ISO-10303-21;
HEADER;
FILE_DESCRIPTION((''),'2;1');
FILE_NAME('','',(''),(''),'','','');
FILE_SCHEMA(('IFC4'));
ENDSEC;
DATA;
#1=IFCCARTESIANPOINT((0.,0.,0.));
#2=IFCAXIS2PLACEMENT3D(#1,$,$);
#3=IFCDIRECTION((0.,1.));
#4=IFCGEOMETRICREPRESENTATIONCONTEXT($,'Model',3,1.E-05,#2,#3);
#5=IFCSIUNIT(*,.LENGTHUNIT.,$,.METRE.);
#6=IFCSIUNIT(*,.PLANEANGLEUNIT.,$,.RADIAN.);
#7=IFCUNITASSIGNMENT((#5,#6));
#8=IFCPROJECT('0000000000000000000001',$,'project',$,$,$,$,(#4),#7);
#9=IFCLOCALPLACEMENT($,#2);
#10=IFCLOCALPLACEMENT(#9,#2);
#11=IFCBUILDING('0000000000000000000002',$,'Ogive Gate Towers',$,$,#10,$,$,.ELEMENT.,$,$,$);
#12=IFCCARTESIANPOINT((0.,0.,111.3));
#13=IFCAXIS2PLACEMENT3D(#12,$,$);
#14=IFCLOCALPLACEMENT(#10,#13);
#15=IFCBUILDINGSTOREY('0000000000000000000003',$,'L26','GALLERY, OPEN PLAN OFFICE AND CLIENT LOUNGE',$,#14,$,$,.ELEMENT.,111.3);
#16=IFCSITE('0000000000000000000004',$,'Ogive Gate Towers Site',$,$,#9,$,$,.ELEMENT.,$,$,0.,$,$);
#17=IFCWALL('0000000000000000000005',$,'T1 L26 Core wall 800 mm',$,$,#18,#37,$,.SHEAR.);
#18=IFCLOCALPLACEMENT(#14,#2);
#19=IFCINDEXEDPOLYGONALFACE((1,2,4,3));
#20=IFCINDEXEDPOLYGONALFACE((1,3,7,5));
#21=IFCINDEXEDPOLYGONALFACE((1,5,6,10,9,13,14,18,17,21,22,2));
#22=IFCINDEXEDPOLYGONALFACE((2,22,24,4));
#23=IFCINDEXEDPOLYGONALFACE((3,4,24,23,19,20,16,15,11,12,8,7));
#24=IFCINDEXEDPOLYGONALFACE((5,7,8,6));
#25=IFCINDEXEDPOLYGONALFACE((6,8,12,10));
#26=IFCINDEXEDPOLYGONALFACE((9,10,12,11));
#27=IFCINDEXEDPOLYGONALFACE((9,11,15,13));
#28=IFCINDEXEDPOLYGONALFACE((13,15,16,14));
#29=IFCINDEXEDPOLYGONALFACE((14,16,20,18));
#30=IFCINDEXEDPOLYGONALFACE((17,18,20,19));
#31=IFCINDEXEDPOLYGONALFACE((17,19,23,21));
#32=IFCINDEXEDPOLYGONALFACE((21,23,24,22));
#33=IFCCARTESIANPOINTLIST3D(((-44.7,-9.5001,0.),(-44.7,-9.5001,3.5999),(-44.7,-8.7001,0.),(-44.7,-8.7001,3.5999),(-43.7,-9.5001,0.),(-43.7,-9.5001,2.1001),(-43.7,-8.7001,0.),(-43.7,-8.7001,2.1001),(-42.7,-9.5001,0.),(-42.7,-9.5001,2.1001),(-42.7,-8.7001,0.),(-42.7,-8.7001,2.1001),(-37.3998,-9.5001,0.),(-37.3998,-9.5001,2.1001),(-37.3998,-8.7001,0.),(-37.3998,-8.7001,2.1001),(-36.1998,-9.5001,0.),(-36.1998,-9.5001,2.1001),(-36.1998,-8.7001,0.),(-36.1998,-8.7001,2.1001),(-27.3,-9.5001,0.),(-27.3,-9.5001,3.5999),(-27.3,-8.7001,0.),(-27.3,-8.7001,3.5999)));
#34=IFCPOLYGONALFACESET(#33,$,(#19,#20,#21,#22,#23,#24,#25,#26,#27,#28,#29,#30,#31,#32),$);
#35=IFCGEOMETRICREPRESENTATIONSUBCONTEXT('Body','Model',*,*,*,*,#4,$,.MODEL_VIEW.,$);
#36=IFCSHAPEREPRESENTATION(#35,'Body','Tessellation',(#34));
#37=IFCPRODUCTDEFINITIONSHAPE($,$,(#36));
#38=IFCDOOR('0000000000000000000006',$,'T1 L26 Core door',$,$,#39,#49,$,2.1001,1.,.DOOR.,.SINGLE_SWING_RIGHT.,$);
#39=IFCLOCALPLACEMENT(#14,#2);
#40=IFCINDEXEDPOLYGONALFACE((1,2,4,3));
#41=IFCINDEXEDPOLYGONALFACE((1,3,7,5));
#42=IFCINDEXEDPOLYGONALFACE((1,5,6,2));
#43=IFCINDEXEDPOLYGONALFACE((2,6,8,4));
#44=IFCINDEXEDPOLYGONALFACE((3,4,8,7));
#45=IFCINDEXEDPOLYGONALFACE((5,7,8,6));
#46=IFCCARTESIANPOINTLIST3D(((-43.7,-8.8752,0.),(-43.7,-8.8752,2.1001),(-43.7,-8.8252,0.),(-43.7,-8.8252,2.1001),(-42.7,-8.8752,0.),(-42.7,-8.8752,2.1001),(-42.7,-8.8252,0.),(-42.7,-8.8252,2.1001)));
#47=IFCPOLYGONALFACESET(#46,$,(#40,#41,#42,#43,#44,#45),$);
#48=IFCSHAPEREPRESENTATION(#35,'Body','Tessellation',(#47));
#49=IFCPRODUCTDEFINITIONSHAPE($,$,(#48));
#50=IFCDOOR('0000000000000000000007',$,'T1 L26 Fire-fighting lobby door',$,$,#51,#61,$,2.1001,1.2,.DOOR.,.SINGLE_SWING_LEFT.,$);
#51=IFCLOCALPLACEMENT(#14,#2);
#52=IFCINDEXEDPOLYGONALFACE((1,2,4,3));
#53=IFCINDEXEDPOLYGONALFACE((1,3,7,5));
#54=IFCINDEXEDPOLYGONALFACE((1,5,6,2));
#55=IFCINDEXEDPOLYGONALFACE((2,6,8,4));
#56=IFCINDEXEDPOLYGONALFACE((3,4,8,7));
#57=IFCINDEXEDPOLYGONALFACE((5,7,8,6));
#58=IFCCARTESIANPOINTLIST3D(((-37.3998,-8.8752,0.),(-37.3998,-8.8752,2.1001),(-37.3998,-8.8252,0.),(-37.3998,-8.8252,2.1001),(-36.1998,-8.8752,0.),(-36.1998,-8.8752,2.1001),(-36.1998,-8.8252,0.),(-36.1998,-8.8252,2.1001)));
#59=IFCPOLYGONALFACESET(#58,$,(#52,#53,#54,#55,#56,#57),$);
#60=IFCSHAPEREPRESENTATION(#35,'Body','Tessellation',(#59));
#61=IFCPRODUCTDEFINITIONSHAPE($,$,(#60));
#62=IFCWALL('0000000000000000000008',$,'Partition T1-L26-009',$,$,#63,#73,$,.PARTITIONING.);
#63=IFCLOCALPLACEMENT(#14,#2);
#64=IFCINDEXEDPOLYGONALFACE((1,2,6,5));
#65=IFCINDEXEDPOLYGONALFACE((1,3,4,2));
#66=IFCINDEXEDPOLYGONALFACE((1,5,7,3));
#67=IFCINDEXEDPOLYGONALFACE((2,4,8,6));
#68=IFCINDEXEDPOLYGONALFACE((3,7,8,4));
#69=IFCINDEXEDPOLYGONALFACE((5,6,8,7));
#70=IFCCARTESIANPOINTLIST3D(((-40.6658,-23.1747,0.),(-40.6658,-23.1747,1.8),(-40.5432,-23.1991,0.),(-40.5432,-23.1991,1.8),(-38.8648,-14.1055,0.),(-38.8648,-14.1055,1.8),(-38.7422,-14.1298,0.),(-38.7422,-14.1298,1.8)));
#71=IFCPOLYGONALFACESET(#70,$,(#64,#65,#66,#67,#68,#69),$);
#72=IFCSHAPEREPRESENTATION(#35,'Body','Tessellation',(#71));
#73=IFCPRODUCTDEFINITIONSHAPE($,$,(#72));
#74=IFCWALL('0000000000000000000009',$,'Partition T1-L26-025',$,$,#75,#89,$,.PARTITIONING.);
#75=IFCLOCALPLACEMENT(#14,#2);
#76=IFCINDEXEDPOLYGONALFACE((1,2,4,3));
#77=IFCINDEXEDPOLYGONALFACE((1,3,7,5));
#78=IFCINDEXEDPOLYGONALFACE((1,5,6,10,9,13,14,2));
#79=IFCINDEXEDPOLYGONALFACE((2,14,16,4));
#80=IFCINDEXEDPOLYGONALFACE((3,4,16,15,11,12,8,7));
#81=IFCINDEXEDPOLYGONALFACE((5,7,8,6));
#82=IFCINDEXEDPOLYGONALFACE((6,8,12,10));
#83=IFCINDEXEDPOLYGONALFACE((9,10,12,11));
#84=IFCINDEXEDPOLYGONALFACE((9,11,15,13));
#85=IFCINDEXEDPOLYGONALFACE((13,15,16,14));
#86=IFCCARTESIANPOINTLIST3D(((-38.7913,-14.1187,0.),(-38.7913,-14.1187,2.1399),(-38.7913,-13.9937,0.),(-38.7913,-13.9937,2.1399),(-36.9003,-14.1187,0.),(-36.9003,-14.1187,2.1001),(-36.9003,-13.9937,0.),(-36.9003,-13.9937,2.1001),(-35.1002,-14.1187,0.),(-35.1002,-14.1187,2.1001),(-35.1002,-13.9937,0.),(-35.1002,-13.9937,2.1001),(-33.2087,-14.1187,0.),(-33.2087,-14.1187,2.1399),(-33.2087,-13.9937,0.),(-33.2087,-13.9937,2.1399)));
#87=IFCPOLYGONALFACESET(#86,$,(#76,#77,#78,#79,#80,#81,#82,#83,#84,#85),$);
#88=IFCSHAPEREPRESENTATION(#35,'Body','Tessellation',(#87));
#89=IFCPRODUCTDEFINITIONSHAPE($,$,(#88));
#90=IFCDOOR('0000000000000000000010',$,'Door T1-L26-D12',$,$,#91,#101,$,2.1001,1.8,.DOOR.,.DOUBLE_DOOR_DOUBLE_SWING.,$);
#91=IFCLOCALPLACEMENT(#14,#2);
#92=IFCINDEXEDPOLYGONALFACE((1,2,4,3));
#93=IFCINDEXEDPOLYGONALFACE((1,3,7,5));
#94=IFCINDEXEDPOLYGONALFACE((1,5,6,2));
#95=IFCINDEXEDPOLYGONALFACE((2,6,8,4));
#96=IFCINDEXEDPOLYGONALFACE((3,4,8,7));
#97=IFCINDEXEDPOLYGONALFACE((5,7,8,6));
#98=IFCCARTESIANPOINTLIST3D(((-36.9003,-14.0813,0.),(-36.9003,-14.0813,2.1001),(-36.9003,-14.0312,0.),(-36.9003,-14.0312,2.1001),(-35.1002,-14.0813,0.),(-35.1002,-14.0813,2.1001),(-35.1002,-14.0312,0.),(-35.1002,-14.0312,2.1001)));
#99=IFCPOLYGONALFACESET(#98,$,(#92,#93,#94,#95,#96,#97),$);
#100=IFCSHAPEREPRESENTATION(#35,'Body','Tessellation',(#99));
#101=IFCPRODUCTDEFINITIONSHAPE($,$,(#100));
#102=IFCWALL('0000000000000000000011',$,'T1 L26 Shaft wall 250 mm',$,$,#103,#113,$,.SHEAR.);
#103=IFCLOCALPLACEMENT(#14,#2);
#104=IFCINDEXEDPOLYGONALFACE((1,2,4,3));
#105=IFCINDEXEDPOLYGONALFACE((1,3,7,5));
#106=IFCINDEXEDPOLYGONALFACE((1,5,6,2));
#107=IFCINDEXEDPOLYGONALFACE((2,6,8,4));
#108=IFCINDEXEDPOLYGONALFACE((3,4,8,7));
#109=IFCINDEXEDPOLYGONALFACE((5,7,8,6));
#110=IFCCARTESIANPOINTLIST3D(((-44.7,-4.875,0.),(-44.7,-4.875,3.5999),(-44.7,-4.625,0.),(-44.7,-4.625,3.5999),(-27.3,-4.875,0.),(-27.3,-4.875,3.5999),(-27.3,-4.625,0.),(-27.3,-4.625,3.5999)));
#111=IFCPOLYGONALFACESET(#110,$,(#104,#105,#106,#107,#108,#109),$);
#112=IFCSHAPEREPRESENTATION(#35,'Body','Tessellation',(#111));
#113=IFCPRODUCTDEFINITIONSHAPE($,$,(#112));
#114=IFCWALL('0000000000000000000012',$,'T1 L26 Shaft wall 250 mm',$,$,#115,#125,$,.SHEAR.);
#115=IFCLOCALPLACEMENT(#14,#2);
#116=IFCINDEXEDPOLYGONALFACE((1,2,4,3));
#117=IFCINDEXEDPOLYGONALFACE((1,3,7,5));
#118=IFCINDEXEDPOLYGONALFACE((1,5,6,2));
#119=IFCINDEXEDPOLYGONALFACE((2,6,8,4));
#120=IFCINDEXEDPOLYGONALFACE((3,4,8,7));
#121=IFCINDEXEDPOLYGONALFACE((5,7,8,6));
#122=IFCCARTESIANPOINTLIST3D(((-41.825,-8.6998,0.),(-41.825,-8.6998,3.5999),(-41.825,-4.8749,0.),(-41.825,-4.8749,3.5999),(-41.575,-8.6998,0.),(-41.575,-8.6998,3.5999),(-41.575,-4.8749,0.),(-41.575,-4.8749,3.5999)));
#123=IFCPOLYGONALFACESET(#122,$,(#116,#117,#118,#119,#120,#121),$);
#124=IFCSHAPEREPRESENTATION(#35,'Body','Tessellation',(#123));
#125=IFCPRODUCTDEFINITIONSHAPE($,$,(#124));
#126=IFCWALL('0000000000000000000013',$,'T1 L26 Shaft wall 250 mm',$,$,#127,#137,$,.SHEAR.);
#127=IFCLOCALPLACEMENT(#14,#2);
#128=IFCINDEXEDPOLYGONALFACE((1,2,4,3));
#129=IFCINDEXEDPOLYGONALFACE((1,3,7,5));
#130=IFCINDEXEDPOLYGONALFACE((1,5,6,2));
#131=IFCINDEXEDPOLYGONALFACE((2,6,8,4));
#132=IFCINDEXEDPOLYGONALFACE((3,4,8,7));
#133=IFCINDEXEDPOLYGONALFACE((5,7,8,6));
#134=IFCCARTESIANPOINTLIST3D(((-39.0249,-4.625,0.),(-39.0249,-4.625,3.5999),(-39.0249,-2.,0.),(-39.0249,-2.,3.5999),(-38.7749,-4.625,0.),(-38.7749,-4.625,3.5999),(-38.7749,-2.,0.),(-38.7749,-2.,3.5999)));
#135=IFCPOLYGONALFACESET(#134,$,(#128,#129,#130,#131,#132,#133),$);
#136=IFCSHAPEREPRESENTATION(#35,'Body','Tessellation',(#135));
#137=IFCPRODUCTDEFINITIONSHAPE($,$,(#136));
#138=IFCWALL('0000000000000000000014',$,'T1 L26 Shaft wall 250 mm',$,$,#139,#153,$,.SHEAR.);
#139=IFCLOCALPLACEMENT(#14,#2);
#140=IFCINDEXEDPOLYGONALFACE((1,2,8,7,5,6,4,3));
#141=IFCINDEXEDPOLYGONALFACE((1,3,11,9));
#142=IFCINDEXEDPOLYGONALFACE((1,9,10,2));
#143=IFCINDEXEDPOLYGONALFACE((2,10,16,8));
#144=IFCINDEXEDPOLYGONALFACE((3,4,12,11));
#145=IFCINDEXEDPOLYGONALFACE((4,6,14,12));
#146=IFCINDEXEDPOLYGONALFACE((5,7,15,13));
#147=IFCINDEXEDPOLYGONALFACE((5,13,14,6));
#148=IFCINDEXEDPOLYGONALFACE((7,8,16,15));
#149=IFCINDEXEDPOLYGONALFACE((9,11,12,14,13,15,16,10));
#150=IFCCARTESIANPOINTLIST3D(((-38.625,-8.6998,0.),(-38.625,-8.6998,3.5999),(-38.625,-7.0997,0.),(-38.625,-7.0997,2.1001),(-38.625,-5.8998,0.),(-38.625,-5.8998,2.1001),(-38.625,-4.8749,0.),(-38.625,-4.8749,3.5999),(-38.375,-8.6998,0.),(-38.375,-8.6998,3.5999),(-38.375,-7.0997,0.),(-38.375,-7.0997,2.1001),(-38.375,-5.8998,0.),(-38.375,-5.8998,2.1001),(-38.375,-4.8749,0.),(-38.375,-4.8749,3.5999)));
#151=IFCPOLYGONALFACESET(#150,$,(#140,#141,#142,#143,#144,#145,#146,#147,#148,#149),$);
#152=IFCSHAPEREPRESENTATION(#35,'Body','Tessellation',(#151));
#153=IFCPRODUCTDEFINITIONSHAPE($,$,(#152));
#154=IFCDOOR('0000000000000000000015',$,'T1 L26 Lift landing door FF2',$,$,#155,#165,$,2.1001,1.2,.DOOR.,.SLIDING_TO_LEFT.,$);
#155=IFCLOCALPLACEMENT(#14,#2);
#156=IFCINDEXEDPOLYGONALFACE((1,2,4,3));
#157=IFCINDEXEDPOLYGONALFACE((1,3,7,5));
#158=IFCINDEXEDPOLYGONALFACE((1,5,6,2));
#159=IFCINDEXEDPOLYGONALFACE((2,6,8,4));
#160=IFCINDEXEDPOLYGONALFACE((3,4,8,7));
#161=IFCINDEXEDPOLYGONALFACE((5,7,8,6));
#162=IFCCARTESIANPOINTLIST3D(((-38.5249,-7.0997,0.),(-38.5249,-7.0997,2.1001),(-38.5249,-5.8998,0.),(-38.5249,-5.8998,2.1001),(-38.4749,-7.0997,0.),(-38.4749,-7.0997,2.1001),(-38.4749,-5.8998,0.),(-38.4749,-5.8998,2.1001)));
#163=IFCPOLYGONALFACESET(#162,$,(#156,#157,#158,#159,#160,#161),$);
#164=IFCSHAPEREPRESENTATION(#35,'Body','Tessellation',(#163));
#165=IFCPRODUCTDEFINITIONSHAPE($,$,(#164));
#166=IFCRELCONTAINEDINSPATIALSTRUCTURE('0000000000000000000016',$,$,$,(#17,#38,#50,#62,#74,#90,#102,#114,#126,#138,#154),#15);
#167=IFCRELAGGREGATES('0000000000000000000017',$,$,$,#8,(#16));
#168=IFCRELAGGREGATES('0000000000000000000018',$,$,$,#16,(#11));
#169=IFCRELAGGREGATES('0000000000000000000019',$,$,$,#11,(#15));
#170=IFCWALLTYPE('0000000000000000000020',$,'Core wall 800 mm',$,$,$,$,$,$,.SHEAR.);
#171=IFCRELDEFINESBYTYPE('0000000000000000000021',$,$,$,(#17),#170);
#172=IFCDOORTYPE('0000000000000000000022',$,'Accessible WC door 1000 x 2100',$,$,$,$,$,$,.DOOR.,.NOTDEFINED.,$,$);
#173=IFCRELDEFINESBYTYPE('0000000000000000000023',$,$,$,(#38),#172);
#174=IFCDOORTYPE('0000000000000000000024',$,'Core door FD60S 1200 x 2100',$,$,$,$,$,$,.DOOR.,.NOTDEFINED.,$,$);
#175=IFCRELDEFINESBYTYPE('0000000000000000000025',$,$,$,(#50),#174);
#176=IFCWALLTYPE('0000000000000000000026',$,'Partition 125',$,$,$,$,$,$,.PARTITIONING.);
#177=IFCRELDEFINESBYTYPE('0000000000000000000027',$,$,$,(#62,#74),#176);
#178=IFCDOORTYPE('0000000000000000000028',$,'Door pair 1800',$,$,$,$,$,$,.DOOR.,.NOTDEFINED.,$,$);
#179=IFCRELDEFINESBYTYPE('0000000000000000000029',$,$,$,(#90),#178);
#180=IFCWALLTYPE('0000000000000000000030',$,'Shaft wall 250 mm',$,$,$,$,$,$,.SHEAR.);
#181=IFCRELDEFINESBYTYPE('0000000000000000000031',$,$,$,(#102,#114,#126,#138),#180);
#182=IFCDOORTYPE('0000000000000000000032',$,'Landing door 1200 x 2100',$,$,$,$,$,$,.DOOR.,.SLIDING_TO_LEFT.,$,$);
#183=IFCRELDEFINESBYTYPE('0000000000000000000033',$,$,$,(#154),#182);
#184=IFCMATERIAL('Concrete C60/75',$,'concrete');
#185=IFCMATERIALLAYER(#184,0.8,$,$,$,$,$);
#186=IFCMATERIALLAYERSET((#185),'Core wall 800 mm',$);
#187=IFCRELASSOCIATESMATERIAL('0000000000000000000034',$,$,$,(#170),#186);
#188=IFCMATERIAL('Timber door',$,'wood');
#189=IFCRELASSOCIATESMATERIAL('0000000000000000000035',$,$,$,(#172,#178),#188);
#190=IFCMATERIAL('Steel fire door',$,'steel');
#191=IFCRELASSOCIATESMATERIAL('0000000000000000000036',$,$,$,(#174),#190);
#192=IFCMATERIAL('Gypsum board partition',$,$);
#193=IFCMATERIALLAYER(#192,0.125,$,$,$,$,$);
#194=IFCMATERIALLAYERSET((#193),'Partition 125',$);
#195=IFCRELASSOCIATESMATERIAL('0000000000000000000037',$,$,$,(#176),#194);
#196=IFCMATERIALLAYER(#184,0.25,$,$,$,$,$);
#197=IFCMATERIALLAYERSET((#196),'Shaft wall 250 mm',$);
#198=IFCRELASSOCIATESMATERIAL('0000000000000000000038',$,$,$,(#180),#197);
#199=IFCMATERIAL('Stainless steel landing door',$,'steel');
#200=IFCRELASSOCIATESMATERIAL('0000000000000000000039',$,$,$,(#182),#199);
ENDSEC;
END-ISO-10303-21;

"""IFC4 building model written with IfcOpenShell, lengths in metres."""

from ifc_helpers import new_model, si_unit, direction, frame, frame_2d, origin, place, context, subcontext, project, spatial, rectangle, extrude, material, layer, layer_set, type_object, element, fill, save


model = new_model("IFC4")

# Units and contexts
model_context = context("Model", 3, precision=1e-05, world=origin(), true_north=direction((0.0, 1.0)))
body_context = subcontext(model_context, "Body", "Model", "MODEL_VIEW")
ifc_project = project(units=[si_unit("LENGTHUNIT", "METRE"), si_unit("PLANEANGLEUNIT", "RADIAN")], contexts=[model_context])

# Site, building, storey
site_placement = place(None, origin())
site = spatial("IfcSite", under=ifc_project, at=site_placement, Name="Ogive Gate Towers Site", CompositionType="ELEMENT", RefElevation=0.0)
building_placement = place(site_placement, origin())
building = spatial("IfcBuilding", under=site, at=building_placement, Name="Ogive Gate Towers", CompositionType="ELEMENT")
storey_placement = place(building_placement, frame((0.0, 0.0, 111.3)))
storey = spatial("IfcBuildingStorey", under=building, at=storey_placement, Name="L26", Description="GALLERY, OPEN PLAN OFFICE AND CLIENT LOUNGE", CompositionType="ELEMENT", Elevation=111.3)

# Wall, openings, doors
ifc_material_1 = material(Name="Concrete C60/75", Category="concrete")
ifc_layer_1 = layer(ifc_material_1, 0.8)
ifc_layer_set_1 = layer_set([ifc_layer_1], Name="Core wall 800 mm")
wall_type_1 = type_object("IfcWallType", Name="Core wall 800 mm", PredefinedType="SHEAR", material=ifc_layer_set_1)
wall_1_placement = place(storey_placement, frame((-44.7, -9.1001, 0.0), z_axis=(0.0, 0.0, 1.0), x_axis=(1.0, 0.0, 0.0)))
wall_1 = element("IfcWall", 1, at=wall_1_placement, inside=storey, type_object=wall_type_1, Name="T1 L26 Core wall 800 mm", PredefinedType="SHEAR", context=body_context, shape_type="SweptSolid", body=[
    extrude(rectangle(XDim=17.3999, YDim=0.8, at=frame_2d((8.7, 0.0))), origin(), (0.0, 0.0, 1.0), 3.5999),
])
opening_1_placement = place(wall_1_placement, frame((7.3, 0.0, 0.0)))
opening_1 = element("IfcOpeningElement", 2, at=opening_1_placement, cuts=wall_1, PredefinedType="OPENING", context=body_context, shape_type="SweptSolid", body=[
    extrude(rectangle(XDim=1.2, YDim=2.1001, at=frame_2d((0.6001, 1.05))), frame((0.0, 0.4102, 0.0), z_axis=(0.0, -1.0, 0.0), x_axis=(1.0, 0.0, 0.0)), (0.0, 0.0, 1.0), 0.8201),
])
opening_2_placement = place(wall_1_placement, frame((1.0, 0.0, 0.0)))
opening_2 = element("IfcOpeningElement", 3, at=opening_2_placement, cuts=wall_1, PredefinedType="OPENING", context=body_context, shape_type="SweptSolid", body=[
    extrude(rectangle(XDim=1.0, YDim=2.1001, at=frame_2d((0.5, 1.05))), frame((0.0, 0.4102, 0.0), z_axis=(0.0, -1.0, 0.0), x_axis=(1.0, 0.0, 0.0)), (0.0, 0.0, 1.0), 0.8201),
])
ifc_material_2 = material(Name="Timber door", Category="wood")
door_type_1 = type_object("IfcDoorType", Name="Accessible WC door 1000 x 2100", OperationType="NOTDEFINED", PredefinedType="DOOR", material=ifc_material_2)
door_1_placement = place(opening_2_placement, origin())
door_1 = element("IfcDoor", 4, at=door_1_placement, inside=storey, type_object=door_type_1, Name="T1 L26 Core door", OperationType="SINGLE_SWING_RIGHT", OverallHeight=2.1001, OverallWidth=1.0, PredefinedType="DOOR", context=body_context, shape_type="SweptSolid", body=[
    extrude(rectangle(XDim=1.0, YDim=2.1001, at=frame_2d((0.5, 1.05))), frame((0.0, 0.2749, 0.0), z_axis=(0.0, -1.0, 0.0), x_axis=(1.0, 0.0, 0.0)), (0.0, 0.0, 1.0), 0.05),
])
fill(opening_2, door_1)
ifc_material_3 = material(Name="Steel fire door", Category="steel")
door_type_2 = type_object("IfcDoorType", Name="Core door FD60S 1200 x 2100", OperationType="NOTDEFINED", PredefinedType="DOOR", material=ifc_material_3)
door_2_placement = place(opening_1_placement, origin())
door_2 = element("IfcDoor", 5, at=door_2_placement, inside=storey, type_object=door_type_2, Name="T1 L26 Fire-fighting lobby door", OperationType="SINGLE_SWING_LEFT", OverallHeight=2.1001, OverallWidth=1.2, PredefinedType="DOOR", context=body_context, shape_type="SweptSolid", body=[
    extrude(rectangle(XDim=1.2, YDim=2.1001, at=frame_2d((0.6001, 1.05))), frame((0.0, 0.2749, 0.0), z_axis=(0.0, -1.0, 0.0), x_axis=(1.0, 0.0, 0.0)), (0.0, 0.0, 1.0), 0.05),
])
fill(opening_1, door_2)

# Wall
ifc_material_4 = material(Name="Gypsum board partition")
ifc_layer_2 = layer(ifc_material_4, 0.125)
ifc_layer_set_2 = layer_set([ifc_layer_2], Name="Partition 125")
wall_type_2 = type_object("IfcWallType", Name="Partition 125", PredefinedType="PARTITIONING", material=ifc_layer_set_2)
wall_2_placement = place(storey_placement, frame((-40.6045, -23.1868, 0.0), z_axis=(0.0, 0.0, 1.0), x_axis=(0.194781, 0.980847, 0.0)))
element("IfcWall", 6, at=wall_2_placement, inside=storey, type_object=wall_type_2, Name="Partition T1-L26-009", PredefinedType="PARTITIONING", context=body_context, shape_type="SweptSolid", body=[
    extrude(rectangle(XDim=9.2463, YDim=0.125, at=frame_2d((4.623, 0.0))), origin(), (0.0, 0.0, 1.0), 1.8),
])

# Wall, opening, door
wall_3_placement = place(storey_placement, frame((-38.7913, -14.0562, 0.0), z_axis=(0.0, 0.0, 1.0), x_axis=(1.0, 0.0, 0.0)))
wall_3 = element("IfcWall", 7, at=wall_3_placement, inside=storey, type_object=wall_type_2, Name="Partition T1-L26-025", PredefinedType="PARTITIONING", context=body_context, shape_type="SweptSolid", body=[
    extrude(rectangle(XDim=5.5825, YDim=0.125, at=frame_2d((2.7913, 0.0))), origin(), (0.0, 0.0, 1.0), 2.1399),
])
opening_3_placement = place(wall_3_placement, frame((1.8911, 0.0, 0.0)))
opening_3 = element("IfcOpeningElement", 8, at=opening_3_placement, cuts=wall_3, PredefinedType="OPENING", context=body_context, shape_type="SweptSolid", body=[
    extrude(rectangle(XDim=1.8, YDim=2.1001, at=frame_2d((0.8999, 1.05))), frame((0.0, 0.0725, 0.0), z_axis=(0.0, -1.0, 0.0), x_axis=(1.0, 0.0, 0.0)), (0.0, 0.0, 1.0), 0.145),
])
door_type_3 = type_object("IfcDoorType", Name="Door pair 1800", OperationType="NOTDEFINED", PredefinedType="DOOR", material=ifc_material_2)
door_3_placement = place(opening_3_placement, origin())
door_3 = element("IfcDoor", 9, at=door_3_placement, inside=storey, type_object=door_type_3, Name="Door T1-L26-D12", OperationType="DOUBLE_DOOR_DOUBLE_SWING", OverallHeight=2.1001, OverallWidth=1.8, PredefinedType="DOOR", context=body_context, shape_type="SweptSolid", body=[
    extrude(rectangle(XDim=1.8, YDim=2.1001, at=frame_2d((0.8999, 1.05))), frame((0.0, 0.0249, 0.0), z_axis=(0.0, -1.0, 0.0), x_axis=(1.0, 0.0, 0.0)), (0.0, 0.0, 1.0), 0.05),
])
fill(opening_3, door_3)

# Walls
ifc_layer_3 = layer(ifc_material_1, 0.25)
ifc_layer_set_3 = layer_set([ifc_layer_3], Name="Shaft wall 250 mm")
wall_type_3 = type_object("IfcWallType", Name="Shaft wall 250 mm", PredefinedType="SHEAR", material=ifc_layer_set_3)
wall_4_placement = place(storey_placement, frame((-44.7, -4.75, 0.0), z_axis=(0.0, 0.0, 1.0), x_axis=(1.0, 0.0, 0.0)))
element("IfcWall", 10, at=wall_4_placement, inside=storey, type_object=wall_type_3, Name="T1 L26 Shaft wall 250 mm", PredefinedType="SHEAR", context=body_context, shape_type="SweptSolid", body=[
    extrude(rectangle(XDim=17.3999, YDim=0.25, at=frame_2d((8.7, 0.0))), origin(), (0.0, 0.0, 1.0), 3.5999),
])
wall_5_placement = place(storey_placement, frame((-41.7, -8.7, 0.0), z_axis=(0.0, 0.0, 1.0), x_axis=(0.0, 1.0, 0.0)))
element("IfcWall", 11, at=wall_5_placement, inside=storey, type_object=wall_type_3, Name="T1 L26 Shaft wall 250 mm", PredefinedType="SHEAR", context=body_context, shape_type="SweptSolid", body=[
    extrude(rectangle(XDim=3.825, YDim=0.25, at=frame_2d((1.9126, 0.0))), origin(), (0.0, 0.0, 1.0), 3.5999),
])
wall_6_placement = place(storey_placement, frame((-38.8999, -4.625, 0.0), z_axis=(0.0, 0.0, 1.0), x_axis=(0.0, 1.0, 0.0)))
element("IfcWall", 12, at=wall_6_placement, inside=storey, type_object=wall_type_3, Name="T1 L26 Shaft wall 250 mm", PredefinedType="SHEAR", context=body_context, shape_type="SweptSolid", body=[
    extrude(rectangle(XDim=2.625, YDim=0.25, at=frame_2d((1.3125, 0.0))), origin(), (0.0, 0.0, 1.0), 3.5999),
])

# Wall, opening, door
wall_7_placement = place(storey_placement, frame((-38.5, -8.7, 0.0), z_axis=(0.0, 0.0, 1.0), x_axis=(0.0, 1.0, 0.0)))
wall_7 = element("IfcWall", 13, at=wall_7_placement, inside=storey, type_object=wall_type_3, Name="T1 L26 Shaft wall 250 mm", PredefinedType="SHEAR", context=body_context, shape_type="SweptSolid", body=[
    extrude(rectangle(XDim=3.825, YDim=0.25, at=frame_2d((1.9126, 0.0))), origin(), (0.0, 0.0, 1.0), 3.5999),
])
opening_4_placement = place(wall_7_placement, frame((1.6001, 0.0, 0.0)))
opening_4 = element("IfcOpeningElement", 14, at=opening_4_placement, cuts=wall_7, PredefinedType="OPENING", context=body_context, shape_type="SweptSolid", body=[
    extrude(rectangle(XDim=1.2, YDim=2.1001, at=frame_2d((0.6001, 1.05))), frame((0.0, 0.135, 0.0), z_axis=(0.0, -1.0, 0.0), x_axis=(1.0, 0.0, 0.0)), (0.0, 0.0, 1.0), 0.27),
])
ifc_material_5 = material(Name="Stainless steel landing door", Category="steel")
door_type_4 = type_object("IfcDoorType", Name="Landing door 1200 x 2100", OperationType="SLIDING_TO_LEFT", PredefinedType="DOOR", material=ifc_material_5)
door_4_placement = place(opening_4_placement, origin())
door_4 = element("IfcDoor", 15, at=door_4_placement, inside=storey, type_object=door_type_4, Name="T1 L26 Lift landing door FF2", OperationType="SLIDING_TO_LEFT", OverallHeight=2.1001, OverallWidth=1.2, PredefinedType="DOOR", context=body_context, shape_type="SweptSolid", body=[
    extrude(rectangle(XDim=1.2, YDim=2.1001, at=frame_2d((0.6001, 1.05))), frame((0.0, 0.0249, 0.0), z_axis=(0.0, -1.0, 0.0), x_axis=(1.0, 0.0, 0.0)), (0.0, 0.0, 1.0), 0.05),
])
fill(opening_4, door_4)

save(model, "model.ifc")
